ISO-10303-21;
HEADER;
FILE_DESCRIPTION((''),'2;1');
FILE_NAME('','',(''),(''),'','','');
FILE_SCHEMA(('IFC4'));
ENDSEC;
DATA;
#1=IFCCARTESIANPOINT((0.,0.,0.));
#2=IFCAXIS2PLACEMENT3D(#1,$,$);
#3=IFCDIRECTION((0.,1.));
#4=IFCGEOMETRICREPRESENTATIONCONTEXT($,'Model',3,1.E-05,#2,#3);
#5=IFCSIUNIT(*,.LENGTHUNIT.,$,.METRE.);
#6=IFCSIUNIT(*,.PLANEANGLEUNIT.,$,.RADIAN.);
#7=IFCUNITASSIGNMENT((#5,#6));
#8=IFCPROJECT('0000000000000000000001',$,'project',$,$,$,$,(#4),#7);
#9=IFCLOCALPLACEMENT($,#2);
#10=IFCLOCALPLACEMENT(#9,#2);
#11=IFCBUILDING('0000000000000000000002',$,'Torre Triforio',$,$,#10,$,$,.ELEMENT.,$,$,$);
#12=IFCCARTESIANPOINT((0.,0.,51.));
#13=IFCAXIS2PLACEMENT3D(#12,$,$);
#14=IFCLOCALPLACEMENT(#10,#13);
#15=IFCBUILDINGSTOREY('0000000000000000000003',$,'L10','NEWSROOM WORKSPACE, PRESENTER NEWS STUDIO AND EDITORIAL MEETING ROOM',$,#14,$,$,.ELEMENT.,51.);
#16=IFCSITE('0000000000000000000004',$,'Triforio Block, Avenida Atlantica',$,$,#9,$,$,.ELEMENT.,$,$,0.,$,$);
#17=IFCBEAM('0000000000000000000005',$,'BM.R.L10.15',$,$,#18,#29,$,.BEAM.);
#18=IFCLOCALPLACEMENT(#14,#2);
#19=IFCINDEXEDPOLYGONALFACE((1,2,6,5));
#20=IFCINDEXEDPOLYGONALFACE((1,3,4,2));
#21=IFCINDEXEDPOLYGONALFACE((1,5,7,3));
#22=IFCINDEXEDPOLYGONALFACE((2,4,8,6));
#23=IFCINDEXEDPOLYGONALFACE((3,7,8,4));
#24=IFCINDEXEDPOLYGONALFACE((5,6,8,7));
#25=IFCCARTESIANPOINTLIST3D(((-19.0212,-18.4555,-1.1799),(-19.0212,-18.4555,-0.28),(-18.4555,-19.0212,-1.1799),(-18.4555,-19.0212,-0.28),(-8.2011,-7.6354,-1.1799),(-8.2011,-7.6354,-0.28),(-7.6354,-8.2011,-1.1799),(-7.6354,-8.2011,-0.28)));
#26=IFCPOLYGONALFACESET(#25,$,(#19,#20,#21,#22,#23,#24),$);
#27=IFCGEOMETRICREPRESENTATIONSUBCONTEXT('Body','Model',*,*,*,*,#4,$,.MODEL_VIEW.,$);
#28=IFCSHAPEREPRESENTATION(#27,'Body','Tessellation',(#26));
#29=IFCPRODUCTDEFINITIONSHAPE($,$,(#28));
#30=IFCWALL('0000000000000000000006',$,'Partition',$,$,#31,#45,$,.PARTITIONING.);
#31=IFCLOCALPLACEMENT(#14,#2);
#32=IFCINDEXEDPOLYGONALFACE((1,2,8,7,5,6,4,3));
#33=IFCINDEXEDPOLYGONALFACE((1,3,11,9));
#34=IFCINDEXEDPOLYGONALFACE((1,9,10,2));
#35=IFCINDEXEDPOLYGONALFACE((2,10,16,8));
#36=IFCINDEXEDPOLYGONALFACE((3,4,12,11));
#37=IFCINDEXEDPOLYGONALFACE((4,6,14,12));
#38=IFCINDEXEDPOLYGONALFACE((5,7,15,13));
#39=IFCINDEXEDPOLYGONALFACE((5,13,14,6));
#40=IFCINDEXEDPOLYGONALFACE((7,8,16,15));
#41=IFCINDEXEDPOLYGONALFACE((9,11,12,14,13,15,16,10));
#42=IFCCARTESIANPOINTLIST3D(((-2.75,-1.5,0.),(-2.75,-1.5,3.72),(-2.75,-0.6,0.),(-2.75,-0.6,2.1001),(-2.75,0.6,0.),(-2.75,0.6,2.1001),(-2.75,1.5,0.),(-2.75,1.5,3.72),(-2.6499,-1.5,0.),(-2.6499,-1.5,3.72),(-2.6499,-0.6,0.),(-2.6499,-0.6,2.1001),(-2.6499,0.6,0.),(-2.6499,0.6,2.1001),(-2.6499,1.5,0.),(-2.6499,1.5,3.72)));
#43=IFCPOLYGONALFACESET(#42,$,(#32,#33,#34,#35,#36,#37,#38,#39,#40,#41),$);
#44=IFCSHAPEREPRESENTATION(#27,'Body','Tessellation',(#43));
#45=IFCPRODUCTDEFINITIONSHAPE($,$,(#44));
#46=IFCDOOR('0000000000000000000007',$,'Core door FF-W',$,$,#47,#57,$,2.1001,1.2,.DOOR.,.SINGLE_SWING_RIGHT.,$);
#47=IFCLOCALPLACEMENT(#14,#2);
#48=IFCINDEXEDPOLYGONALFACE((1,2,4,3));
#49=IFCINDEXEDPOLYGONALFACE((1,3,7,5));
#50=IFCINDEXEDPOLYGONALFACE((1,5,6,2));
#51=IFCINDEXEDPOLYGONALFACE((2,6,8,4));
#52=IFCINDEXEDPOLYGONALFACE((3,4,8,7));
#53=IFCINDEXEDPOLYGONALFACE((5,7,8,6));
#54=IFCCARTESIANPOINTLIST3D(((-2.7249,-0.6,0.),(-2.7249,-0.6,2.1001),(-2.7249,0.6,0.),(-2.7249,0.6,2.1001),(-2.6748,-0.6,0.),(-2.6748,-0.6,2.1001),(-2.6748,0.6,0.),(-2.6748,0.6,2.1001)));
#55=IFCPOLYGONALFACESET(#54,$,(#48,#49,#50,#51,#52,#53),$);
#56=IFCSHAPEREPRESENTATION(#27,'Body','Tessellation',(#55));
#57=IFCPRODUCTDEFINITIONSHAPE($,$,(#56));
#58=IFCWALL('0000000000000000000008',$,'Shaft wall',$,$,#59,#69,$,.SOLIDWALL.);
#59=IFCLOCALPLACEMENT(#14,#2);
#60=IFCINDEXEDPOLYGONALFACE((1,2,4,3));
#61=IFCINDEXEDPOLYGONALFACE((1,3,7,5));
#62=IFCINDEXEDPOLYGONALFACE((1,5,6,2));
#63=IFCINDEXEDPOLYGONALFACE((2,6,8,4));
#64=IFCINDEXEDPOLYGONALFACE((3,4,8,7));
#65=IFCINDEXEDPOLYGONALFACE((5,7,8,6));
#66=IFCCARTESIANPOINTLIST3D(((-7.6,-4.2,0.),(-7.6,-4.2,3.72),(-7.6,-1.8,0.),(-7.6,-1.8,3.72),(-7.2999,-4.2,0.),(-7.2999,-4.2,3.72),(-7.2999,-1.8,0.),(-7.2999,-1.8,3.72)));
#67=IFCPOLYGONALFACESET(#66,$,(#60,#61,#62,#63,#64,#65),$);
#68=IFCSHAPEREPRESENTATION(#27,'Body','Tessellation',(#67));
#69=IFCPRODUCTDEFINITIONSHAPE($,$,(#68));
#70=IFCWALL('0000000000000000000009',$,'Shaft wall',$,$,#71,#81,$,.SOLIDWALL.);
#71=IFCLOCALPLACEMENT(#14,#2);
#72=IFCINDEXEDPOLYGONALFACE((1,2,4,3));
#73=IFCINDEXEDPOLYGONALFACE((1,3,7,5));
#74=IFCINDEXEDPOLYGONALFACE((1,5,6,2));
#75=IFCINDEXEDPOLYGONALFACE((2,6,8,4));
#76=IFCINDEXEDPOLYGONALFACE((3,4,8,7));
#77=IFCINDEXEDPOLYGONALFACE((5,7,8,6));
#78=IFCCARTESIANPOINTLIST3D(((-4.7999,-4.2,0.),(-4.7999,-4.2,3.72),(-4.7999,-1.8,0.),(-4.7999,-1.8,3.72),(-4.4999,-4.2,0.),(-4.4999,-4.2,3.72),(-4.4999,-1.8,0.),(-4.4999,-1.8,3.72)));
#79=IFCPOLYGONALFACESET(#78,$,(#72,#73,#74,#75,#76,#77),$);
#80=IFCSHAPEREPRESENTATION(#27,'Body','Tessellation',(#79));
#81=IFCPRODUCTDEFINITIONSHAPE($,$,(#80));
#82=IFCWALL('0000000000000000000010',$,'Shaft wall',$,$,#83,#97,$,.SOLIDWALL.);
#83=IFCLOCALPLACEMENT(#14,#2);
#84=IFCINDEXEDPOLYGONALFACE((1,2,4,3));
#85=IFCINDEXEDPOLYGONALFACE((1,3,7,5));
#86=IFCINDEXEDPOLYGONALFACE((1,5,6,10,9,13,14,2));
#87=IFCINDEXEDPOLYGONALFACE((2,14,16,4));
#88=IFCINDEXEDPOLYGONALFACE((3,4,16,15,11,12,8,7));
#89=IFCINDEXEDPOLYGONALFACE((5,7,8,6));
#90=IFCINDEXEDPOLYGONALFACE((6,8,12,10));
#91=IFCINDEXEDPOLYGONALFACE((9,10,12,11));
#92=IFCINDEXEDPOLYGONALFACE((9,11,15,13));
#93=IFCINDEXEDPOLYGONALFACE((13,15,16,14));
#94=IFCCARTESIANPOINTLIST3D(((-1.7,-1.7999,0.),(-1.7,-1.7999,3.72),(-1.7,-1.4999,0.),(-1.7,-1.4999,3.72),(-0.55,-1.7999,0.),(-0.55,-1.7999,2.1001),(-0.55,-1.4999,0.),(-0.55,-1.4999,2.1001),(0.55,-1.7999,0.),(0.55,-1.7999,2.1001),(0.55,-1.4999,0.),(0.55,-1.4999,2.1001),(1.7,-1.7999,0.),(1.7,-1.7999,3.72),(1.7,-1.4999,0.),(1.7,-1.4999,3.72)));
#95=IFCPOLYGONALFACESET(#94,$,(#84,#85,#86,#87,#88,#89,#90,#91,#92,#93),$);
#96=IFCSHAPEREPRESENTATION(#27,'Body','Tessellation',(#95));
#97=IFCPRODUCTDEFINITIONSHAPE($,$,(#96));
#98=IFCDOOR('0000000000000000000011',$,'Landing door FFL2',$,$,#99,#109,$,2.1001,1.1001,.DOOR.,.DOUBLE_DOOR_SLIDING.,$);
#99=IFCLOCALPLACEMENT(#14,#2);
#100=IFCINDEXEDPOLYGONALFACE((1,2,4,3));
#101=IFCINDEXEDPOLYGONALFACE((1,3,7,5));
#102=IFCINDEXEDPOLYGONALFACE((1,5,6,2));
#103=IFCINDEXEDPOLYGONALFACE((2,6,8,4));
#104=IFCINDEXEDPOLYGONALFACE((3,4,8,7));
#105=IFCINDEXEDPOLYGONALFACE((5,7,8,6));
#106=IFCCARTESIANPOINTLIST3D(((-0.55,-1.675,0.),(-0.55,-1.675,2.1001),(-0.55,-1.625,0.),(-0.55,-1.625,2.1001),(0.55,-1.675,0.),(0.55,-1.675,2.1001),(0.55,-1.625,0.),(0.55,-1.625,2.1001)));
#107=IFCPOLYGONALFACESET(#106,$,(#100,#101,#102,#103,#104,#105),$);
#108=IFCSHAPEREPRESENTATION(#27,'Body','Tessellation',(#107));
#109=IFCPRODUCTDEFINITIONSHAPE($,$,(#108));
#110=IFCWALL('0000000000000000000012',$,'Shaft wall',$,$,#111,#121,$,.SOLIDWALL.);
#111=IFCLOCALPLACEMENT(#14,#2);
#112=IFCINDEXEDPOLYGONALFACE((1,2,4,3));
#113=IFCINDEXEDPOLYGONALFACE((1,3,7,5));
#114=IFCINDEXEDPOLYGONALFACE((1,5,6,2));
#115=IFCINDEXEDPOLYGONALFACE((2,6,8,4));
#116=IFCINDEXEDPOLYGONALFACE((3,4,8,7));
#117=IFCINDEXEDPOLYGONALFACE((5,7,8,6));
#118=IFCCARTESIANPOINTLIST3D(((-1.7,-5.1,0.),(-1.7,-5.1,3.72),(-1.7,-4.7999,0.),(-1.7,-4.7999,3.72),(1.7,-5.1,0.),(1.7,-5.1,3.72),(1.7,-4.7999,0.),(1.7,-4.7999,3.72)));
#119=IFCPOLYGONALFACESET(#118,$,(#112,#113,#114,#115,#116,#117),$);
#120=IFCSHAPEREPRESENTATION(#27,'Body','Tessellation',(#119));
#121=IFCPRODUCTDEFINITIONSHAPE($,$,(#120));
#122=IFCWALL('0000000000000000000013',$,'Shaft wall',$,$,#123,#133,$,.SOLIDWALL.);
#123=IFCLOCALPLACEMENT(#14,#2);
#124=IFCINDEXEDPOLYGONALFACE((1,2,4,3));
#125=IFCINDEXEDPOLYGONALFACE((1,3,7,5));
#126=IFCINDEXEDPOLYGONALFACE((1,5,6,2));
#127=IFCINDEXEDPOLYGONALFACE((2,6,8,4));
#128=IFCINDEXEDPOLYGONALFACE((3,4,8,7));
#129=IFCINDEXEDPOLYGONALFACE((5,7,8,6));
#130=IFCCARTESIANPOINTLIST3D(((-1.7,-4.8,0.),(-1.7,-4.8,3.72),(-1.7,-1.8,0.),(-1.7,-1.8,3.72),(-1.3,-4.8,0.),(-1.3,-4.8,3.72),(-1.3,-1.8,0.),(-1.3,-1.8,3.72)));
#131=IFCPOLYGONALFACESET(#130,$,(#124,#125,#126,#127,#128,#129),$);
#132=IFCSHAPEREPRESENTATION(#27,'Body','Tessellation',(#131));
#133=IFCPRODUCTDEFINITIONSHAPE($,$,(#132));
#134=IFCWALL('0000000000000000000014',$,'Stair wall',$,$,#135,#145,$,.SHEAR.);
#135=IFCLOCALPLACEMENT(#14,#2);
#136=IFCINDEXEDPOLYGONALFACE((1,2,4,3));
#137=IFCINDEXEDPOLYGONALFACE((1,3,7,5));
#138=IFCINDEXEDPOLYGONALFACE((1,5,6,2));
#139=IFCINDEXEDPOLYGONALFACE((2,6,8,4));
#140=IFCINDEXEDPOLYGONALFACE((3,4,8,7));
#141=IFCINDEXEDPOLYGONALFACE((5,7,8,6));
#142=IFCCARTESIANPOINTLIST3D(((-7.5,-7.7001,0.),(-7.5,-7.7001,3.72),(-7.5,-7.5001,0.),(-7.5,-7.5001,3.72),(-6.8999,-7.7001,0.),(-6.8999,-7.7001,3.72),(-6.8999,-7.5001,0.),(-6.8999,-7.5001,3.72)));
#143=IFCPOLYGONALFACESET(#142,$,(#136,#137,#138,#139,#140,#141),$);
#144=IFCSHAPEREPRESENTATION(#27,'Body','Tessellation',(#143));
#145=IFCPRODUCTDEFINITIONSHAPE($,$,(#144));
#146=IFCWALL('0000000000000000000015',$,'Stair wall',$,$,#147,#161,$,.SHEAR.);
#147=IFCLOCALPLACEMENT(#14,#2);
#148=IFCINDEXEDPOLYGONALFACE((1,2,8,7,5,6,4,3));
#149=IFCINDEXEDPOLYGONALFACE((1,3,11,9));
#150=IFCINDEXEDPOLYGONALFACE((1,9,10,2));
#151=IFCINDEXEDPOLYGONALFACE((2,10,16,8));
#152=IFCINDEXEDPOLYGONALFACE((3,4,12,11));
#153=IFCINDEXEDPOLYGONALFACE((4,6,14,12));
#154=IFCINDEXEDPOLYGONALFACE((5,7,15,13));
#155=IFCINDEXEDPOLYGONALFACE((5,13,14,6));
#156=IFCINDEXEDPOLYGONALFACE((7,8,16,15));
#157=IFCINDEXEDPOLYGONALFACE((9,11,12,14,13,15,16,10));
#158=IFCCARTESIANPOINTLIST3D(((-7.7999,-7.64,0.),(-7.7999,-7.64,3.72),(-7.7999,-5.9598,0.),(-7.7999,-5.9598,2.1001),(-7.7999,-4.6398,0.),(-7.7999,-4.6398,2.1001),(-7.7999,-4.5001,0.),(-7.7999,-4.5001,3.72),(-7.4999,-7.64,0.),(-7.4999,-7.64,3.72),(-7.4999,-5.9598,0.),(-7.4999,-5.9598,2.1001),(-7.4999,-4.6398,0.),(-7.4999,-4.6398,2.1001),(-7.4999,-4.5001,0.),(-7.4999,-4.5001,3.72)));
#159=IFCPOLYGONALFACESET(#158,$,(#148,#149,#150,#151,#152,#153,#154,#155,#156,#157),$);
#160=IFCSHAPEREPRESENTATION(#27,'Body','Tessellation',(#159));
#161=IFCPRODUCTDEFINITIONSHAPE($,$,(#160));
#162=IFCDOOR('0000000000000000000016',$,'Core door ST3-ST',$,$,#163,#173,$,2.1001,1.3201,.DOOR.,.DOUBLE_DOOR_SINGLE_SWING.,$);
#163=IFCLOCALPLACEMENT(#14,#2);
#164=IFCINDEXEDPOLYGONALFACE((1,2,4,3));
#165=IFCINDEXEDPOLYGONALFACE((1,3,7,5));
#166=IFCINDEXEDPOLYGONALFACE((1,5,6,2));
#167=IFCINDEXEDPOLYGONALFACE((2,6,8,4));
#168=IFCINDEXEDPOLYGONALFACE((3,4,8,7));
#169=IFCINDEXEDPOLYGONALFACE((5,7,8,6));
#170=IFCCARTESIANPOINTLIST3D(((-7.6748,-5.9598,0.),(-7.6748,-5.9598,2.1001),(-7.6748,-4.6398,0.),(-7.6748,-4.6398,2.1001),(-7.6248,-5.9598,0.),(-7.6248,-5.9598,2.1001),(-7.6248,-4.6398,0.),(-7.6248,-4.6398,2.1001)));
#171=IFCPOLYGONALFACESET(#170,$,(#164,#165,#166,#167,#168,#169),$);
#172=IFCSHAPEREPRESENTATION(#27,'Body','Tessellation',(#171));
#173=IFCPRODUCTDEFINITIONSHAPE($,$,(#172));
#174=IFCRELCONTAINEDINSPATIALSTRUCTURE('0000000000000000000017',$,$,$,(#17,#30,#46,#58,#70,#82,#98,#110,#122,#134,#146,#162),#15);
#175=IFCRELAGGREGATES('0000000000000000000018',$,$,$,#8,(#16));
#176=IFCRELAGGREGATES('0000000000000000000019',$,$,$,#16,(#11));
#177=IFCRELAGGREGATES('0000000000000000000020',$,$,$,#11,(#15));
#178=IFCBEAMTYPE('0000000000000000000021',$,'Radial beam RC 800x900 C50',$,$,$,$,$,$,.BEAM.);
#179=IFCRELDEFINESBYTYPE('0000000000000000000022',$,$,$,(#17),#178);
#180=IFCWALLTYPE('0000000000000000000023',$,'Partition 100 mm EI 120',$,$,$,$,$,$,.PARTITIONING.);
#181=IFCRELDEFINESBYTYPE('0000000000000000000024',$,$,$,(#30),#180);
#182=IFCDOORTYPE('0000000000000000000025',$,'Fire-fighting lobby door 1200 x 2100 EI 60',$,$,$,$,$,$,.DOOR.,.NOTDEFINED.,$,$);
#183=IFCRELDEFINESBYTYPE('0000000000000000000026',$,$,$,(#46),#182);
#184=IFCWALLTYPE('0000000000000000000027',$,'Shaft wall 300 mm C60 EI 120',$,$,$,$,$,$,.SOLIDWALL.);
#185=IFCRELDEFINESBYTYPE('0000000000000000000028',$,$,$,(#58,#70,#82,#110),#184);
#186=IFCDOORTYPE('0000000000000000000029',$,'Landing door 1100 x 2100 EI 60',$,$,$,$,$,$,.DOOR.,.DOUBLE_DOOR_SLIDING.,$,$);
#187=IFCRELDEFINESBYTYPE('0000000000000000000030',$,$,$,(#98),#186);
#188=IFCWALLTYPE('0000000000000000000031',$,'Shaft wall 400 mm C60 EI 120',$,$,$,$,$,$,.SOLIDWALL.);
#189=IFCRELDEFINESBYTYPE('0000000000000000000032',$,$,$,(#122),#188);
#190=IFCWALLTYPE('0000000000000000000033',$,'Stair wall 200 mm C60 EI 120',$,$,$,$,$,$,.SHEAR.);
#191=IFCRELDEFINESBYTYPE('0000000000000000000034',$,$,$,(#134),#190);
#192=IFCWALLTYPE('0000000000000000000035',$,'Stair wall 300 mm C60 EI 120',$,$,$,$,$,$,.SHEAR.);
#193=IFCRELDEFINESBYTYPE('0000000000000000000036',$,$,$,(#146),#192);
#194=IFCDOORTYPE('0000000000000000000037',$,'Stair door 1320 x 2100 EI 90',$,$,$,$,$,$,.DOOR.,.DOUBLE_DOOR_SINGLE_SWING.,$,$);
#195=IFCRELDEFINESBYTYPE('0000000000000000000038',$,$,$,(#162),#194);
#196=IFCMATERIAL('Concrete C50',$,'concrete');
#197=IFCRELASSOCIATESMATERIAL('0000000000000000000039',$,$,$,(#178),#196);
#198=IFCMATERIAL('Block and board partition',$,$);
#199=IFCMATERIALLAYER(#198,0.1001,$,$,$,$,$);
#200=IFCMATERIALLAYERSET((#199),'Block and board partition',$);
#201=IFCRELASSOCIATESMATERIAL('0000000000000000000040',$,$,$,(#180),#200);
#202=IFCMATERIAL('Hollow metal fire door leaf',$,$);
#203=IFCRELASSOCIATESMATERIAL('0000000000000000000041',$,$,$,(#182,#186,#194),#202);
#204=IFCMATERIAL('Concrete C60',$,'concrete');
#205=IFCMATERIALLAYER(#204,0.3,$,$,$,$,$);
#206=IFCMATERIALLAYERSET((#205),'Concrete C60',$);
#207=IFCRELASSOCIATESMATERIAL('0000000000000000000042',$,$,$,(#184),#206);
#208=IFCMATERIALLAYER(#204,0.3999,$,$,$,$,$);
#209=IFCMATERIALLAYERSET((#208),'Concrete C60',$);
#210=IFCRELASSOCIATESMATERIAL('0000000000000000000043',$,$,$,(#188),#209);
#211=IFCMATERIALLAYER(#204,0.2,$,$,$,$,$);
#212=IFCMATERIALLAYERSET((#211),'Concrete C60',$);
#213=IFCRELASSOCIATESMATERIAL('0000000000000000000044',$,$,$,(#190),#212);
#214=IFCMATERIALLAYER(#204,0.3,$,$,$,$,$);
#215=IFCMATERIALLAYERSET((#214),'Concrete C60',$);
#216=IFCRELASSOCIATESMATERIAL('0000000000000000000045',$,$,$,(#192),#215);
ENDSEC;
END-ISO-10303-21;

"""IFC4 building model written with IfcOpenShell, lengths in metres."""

from ifc_helpers import new_model, si_unit, direction, frame, frame_2d, origin, origin_2d, place, context, subcontext, project, spatial, rectangle, extrude, material, layer, layer_set, material_profile, profile_set, type_object, element, fill, save


model = new_model("IFC4")

# Units and contexts
model_context = context("Model", 3, precision=1e-05, world=origin(), true_north=direction((0.0, 1.0)))
body_context = subcontext(model_context, "Body", "Model", "MODEL_VIEW")
ifc_project = project(units=[si_unit("LENGTHUNIT", "METRE"), si_unit("PLANEANGLEUNIT", "RADIAN")], contexts=[model_context])

# Site, building, storey
site_placement = place(None, origin())
site = spatial("IfcSite", under=ifc_project, at=site_placement, Name="Triforio Block, Avenida Atlantica", CompositionType="ELEMENT", RefElevation=0.0)
building_placement = place(site_placement, origin())
building = spatial("IfcBuilding", under=site, at=building_placement, Name="Torre Triforio", CompositionType="ELEMENT")
storey_placement = place(building_placement, frame((0.0, 0.0, 51.0)))
storey = spatial("IfcBuildingStorey", under=building, at=storey_placement, Name="L10", Description="NEWSROOM WORKSPACE, PRESENTER NEWS STUDIO AND EDITORIAL MEETING ROOM", CompositionType="ELEMENT", Elevation=51.0)

# Beam
ifc_material_1 = material(Name="Concrete C50", Category="concrete")
ifc_material_profile = material_profile(ifc_material_1, rectangle(XDim=0.8, YDim=0.8999, at=origin_2d()), Name="RC 800x900")
ifc_profile_set = profile_set([ifc_material_profile], Name="Concrete C50")
beam_type = type_object("IfcBeamType", Name="Radial beam RC 800x900 C50", PredefinedType="BEAM", material=ifc_profile_set)
beam_placement = place(storey_placement, frame((-7.9182, -7.9182, -0.73), z_axis=(-0.707107, -0.707107, 0.0), x_axis=(0.707107, -0.707107, 0.0)))
element("IfcBeam", 1, at=beam_placement, inside=storey, type_object=beam_type, Name="BM.R.L10.15", PredefinedType="BEAM", context=body_context, shape_type="SweptSolid", body=[
    extrude(rectangle(XDim=0.8, YDim=0.8999, at=origin_2d()), origin(), (0.0, 0.0, 1.0), 15.302),
])

# Wall, opening, door
ifc_material_2 = material(Name="Block and board partition")
ifc_layer_1 = layer(ifc_material_2, 0.1001)
ifc_layer_set_1 = layer_set([ifc_layer_1], Name="Block and board partition")
wall_type_1 = type_object("IfcWallType", Name="Partition 100 mm EI 120", PredefinedType="PARTITIONING", material=ifc_layer_set_1)
wall_1_placement = place(storey_placement, frame((-2.7, -1.5, 0.0), z_axis=(0.0, 0.0, 1.0), x_axis=(0.0, 1.0, 0.0)))
wall_1 = element("IfcWall", 2, at=wall_1_placement, inside=storey, type_object=wall_type_1, Name="Partition", PredefinedType="PARTITIONING", context=body_context, shape_type="SweptSolid", body=[
    extrude(rectangle(XDim=3.0, YDim=0.1001, at=frame_2d((1.5, 0.0))), origin(), (0.0, 0.0, 1.0), 3.72),
])
opening_1_placement = place(wall_1_placement, frame((0.8999, 0.0, 0.0)))
opening_1 = element("IfcOpeningElement", 3, at=opening_1_placement, cuts=wall_1, PredefinedType="OPENING", context=body_context, shape_type="SweptSolid", body=[
    extrude(rectangle(XDim=1.2, YDim=2.1001, at=frame_2d((0.6001, 1.05))), frame((0.0, 0.0601, 0.0), z_axis=(0.0, -1.0, 0.0), x_axis=(1.0, 0.0, 0.0)), (0.0, 0.0, 1.0), 0.1201),
])
ifc_material_3 = material(Name="Hollow metal fire door leaf")
door_type_1 = type_object("IfcDoorType", Name="Fire-fighting lobby door 1200 x 2100 EI 60", OperationType="NOTDEFINED", PredefinedType="DOOR", material=ifc_material_3)
door_1_placement = place(opening_1_placement, origin())
door_1 = element("IfcDoor", 4, at=door_1_placement, inside=storey, type_object=door_type_1, Name="Core door FF-W", OperationType="SINGLE_SWING_RIGHT", OverallHeight=2.1001, OverallWidth=1.2, PredefinedType="DOOR", context=body_context, shape_type="SweptSolid", body=[
    extrude(rectangle(XDim=1.2, YDim=2.1001, at=frame_2d((0.6001, 1.05))), frame((0.0, 0.0249, 0.0), z_axis=(0.0, -1.0, 0.0), x_axis=(1.0, 0.0, 0.0)), (0.0, 0.0, 1.0), 0.05),
])
fill(opening_1, door_1)

# Walls
ifc_material_4 = material(Name="Concrete C60", Category="concrete")
ifc_layer_2 = layer(ifc_material_4, 0.3)
ifc_layer_set_2 = layer_set([ifc_layer_2], Name="Concrete C60")
wall_type_2 = type_object("IfcWallType", Name="Shaft wall 300 mm C60 EI 120", PredefinedType="SOLIDWALL", material=ifc_layer_set_2)
for number, where, z_axis, x_axis, name in (
    (5, (-7.45, -4.2, 0.0), (0.0, 0.0, 1.0), (0.0, 1.0, 0.0), "Shaft wall"),
    (6, (-4.6499, -4.2, 0.0), (0.0, 0.0, 1.0), (0.0, 1.0, 0.0), "Shaft wall"),
):
    element("IfcWall", number, at=place(storey_placement, frame(where, z_axis=z_axis, x_axis=x_axis)), inside=storey, type_object=wall_type_2, Name=name, PredefinedType="SOLIDWALL", context=body_context, shape_type="SweptSolid", body=[
        extrude(rectangle(XDim=2.3999, YDim=0.3, at=frame_2d((1.2, 0.0))), origin(), (0.0, 0.0, 1.0), 3.72),
    ])

# Wall, opening, door
wall_2_placement = place(storey_placement, frame((-1.7, -1.6499, 0.0), z_axis=(0.0, 0.0, 1.0), x_axis=(1.0, 0.0, 0.0)))
wall_2 = element("IfcWall", 7, at=wall_2_placement, inside=storey, type_object=wall_type_2, Name="Shaft wall", PredefinedType="SOLIDWALL", context=body_context, shape_type="SweptSolid", body=[
    extrude(rectangle(XDim=3.3999, YDim=0.3, at=frame_2d((1.7, 0.0))), origin(), (0.0, 0.0, 1.0), 3.72),
])
opening_2_placement = place(wall_2_placement, frame((1.1499, 0.0, 0.0)))
opening_2 = element("IfcOpeningElement", 8, at=opening_2_placement, cuts=wall_2, PredefinedType="OPENING", context=body_context, shape_type="SweptSolid", body=[
    extrude(rectangle(XDim=1.1001, YDim=2.1001, at=frame_2d((0.55, 1.05))), frame((0.0, 0.1599, 0.0), z_axis=(0.0, -1.0, 0.0), x_axis=(1.0, 0.0, 0.0)), (0.0, 0.0, 1.0), 0.3201),
])
door_type_2 = type_object("IfcDoorType", Name="Landing door 1100 x 2100 EI 60", OperationType="DOUBLE_DOOR_SLIDING", PredefinedType="DOOR", material=ifc_material_3)
door_2_placement = place(opening_2_placement, origin())
door_2 = element("IfcDoor", 9, at=door_2_placement, inside=storey, type_object=door_type_2, Name="Landing door FFL2", OperationType="DOUBLE_DOOR_SLIDING", OverallHeight=2.1001, OverallWidth=1.1001, PredefinedType="DOOR", context=body_context, shape_type="SweptSolid", body=[
    extrude(rectangle(XDim=1.1001, YDim=2.1001, at=frame_2d((0.55, 1.05))), frame((0.0, 0.0249, 0.0), z_axis=(0.0, -1.0, 0.0), x_axis=(1.0, 0.0, 0.0)), (0.0, 0.0, 1.0), 0.05),
])
fill(opening_2, door_2)

# Walls
wall_3_placement = place(storey_placement, frame((-1.7, -4.95, 0.0), z_axis=(0.0, 0.0, 1.0), x_axis=(1.0, 0.0, 0.0)))
element("IfcWall", 10, at=wall_3_placement, inside=storey, type_object=wall_type_2, Name="Shaft wall", PredefinedType="SOLIDWALL", context=body_context, shape_type="SweptSolid", body=[
    extrude(rectangle(XDim=3.3999, YDim=0.3, at=frame_2d((1.7, 0.0))), origin(), (0.0, 0.0, 1.0), 3.72),
])
ifc_layer_3 = layer(ifc_material_4, 0.3999)
ifc_layer_set_3 = layer_set([ifc_layer_3], Name="Concrete C60")
wall_type_3 = type_object("IfcWallType", Name="Shaft wall 400 mm C60 EI 120", PredefinedType="SOLIDWALL", material=ifc_layer_set_3)
wall_4_placement = place(storey_placement, frame((-1.5, -4.8, 0.0), z_axis=(0.0, 0.0, 1.0), x_axis=(0.0, 1.0, 0.0)))
element("IfcWall", 11, at=wall_4_placement, inside=storey, type_object=wall_type_3, Name="Shaft wall", PredefinedType="SOLIDWALL", context=body_context, shape_type="SweptSolid", body=[
    extrude(rectangle(XDim=3.0, YDim=0.3999, at=frame_2d((1.5, 0.0))), origin(), (0.0, 0.0, 1.0), 3.72),
])
ifc_layer_4 = layer(ifc_material_4, 0.2)
ifc_layer_set_4 = layer_set([ifc_layer_4], Name="Concrete C60")
wall_type_4 = type_object("IfcWallType", Name="Stair wall 200 mm C60 EI 120", PredefinedType="SHEAR", material=ifc_layer_set_4)
wall_5_placement = place(storey_placement, frame((-7.5, -7.6001, 0.0), z_axis=(0.0, 0.0, 1.0), x_axis=(1.0, 0.0, 0.0)))
element("IfcWall", 12, at=wall_5_placement, inside=storey, type_object=wall_type_4, Name="Stair wall", PredefinedType="SHEAR", context=body_context, shape_type="SweptSolid", body=[
    extrude(rectangle(XDim=0.6001, YDim=0.2, at=frame_2d((0.3, 0.0))), origin(), (0.0, 0.0, 1.0), 3.72),
])

# Wall, opening, door
ifc_layer_5 = layer(ifc_material_4, 0.3)
ifc_layer_set_5 = layer_set([ifc_layer_5], Name="Concrete C60")
wall_type_5 = type_object("IfcWallType", Name="Stair wall 300 mm C60 EI 120", PredefinedType="SHEAR", material=ifc_layer_set_5)
wall_6_placement = place(storey_placement, frame((-7.6499, -7.6399, 0.0), z_axis=(0.0, 0.0, 1.0), x_axis=(0.0, 1.0, 0.0)))
wall_6 = element("IfcWall", 13, at=wall_6_placement, inside=storey, type_object=wall_type_5, Name="Stair wall", PredefinedType="SHEAR", context=body_context, shape_type="SweptSolid", body=[
    extrude(rectangle(XDim=3.1399, YDim=0.3, at=frame_2d((1.5698, 0.0))), origin(), (0.0, 0.0, 1.0), 3.72),
])
opening_3_placement = place(wall_6_placement, frame((1.6799, 0.0, 0.0)))
opening_3 = element("IfcOpeningElement", 14, at=opening_3_placement, cuts=wall_6, PredefinedType="OPENING", context=body_context, shape_type="SweptSolid", body=[
    extrude(rectangle(XDim=1.3201, YDim=2.1001, at=frame_2d((0.6602, 1.05))), frame((0.0, 0.1599, 0.0), z_axis=(0.0, -1.0, 0.0), x_axis=(1.0, 0.0, 0.0)), (0.0, 0.0, 1.0), 0.3201),
])
door_type_3 = type_object("IfcDoorType", Name="Stair door 1320 x 2100 EI 90", OperationType="DOUBLE_DOOR_SINGLE_SWING", PredefinedType="DOOR", material=ifc_material_3)
door_3_placement = place(opening_3_placement, origin())
door_3 = element("IfcDoor", 15, at=door_3_placement, inside=storey, type_object=door_type_3, Name="Core door ST3-ST", OperationType="DOUBLE_DOOR_SINGLE_SWING", OverallHeight=2.1001, OverallWidth=1.3201, PredefinedType="DOOR", context=body_context, shape_type="SweptSolid", body=[
    extrude(rectangle(XDim=1.3201, YDim=2.1001, at=frame_2d((0.6602, 1.05))), frame((0.0, 0.0249, 0.0), z_axis=(0.0, -1.0, 0.0), x_axis=(1.0, 0.0, 0.0)), (0.0, 0.0, 1.0), 0.05),
])
fill(opening_3, door_3)

save(model, "model.ifc")
